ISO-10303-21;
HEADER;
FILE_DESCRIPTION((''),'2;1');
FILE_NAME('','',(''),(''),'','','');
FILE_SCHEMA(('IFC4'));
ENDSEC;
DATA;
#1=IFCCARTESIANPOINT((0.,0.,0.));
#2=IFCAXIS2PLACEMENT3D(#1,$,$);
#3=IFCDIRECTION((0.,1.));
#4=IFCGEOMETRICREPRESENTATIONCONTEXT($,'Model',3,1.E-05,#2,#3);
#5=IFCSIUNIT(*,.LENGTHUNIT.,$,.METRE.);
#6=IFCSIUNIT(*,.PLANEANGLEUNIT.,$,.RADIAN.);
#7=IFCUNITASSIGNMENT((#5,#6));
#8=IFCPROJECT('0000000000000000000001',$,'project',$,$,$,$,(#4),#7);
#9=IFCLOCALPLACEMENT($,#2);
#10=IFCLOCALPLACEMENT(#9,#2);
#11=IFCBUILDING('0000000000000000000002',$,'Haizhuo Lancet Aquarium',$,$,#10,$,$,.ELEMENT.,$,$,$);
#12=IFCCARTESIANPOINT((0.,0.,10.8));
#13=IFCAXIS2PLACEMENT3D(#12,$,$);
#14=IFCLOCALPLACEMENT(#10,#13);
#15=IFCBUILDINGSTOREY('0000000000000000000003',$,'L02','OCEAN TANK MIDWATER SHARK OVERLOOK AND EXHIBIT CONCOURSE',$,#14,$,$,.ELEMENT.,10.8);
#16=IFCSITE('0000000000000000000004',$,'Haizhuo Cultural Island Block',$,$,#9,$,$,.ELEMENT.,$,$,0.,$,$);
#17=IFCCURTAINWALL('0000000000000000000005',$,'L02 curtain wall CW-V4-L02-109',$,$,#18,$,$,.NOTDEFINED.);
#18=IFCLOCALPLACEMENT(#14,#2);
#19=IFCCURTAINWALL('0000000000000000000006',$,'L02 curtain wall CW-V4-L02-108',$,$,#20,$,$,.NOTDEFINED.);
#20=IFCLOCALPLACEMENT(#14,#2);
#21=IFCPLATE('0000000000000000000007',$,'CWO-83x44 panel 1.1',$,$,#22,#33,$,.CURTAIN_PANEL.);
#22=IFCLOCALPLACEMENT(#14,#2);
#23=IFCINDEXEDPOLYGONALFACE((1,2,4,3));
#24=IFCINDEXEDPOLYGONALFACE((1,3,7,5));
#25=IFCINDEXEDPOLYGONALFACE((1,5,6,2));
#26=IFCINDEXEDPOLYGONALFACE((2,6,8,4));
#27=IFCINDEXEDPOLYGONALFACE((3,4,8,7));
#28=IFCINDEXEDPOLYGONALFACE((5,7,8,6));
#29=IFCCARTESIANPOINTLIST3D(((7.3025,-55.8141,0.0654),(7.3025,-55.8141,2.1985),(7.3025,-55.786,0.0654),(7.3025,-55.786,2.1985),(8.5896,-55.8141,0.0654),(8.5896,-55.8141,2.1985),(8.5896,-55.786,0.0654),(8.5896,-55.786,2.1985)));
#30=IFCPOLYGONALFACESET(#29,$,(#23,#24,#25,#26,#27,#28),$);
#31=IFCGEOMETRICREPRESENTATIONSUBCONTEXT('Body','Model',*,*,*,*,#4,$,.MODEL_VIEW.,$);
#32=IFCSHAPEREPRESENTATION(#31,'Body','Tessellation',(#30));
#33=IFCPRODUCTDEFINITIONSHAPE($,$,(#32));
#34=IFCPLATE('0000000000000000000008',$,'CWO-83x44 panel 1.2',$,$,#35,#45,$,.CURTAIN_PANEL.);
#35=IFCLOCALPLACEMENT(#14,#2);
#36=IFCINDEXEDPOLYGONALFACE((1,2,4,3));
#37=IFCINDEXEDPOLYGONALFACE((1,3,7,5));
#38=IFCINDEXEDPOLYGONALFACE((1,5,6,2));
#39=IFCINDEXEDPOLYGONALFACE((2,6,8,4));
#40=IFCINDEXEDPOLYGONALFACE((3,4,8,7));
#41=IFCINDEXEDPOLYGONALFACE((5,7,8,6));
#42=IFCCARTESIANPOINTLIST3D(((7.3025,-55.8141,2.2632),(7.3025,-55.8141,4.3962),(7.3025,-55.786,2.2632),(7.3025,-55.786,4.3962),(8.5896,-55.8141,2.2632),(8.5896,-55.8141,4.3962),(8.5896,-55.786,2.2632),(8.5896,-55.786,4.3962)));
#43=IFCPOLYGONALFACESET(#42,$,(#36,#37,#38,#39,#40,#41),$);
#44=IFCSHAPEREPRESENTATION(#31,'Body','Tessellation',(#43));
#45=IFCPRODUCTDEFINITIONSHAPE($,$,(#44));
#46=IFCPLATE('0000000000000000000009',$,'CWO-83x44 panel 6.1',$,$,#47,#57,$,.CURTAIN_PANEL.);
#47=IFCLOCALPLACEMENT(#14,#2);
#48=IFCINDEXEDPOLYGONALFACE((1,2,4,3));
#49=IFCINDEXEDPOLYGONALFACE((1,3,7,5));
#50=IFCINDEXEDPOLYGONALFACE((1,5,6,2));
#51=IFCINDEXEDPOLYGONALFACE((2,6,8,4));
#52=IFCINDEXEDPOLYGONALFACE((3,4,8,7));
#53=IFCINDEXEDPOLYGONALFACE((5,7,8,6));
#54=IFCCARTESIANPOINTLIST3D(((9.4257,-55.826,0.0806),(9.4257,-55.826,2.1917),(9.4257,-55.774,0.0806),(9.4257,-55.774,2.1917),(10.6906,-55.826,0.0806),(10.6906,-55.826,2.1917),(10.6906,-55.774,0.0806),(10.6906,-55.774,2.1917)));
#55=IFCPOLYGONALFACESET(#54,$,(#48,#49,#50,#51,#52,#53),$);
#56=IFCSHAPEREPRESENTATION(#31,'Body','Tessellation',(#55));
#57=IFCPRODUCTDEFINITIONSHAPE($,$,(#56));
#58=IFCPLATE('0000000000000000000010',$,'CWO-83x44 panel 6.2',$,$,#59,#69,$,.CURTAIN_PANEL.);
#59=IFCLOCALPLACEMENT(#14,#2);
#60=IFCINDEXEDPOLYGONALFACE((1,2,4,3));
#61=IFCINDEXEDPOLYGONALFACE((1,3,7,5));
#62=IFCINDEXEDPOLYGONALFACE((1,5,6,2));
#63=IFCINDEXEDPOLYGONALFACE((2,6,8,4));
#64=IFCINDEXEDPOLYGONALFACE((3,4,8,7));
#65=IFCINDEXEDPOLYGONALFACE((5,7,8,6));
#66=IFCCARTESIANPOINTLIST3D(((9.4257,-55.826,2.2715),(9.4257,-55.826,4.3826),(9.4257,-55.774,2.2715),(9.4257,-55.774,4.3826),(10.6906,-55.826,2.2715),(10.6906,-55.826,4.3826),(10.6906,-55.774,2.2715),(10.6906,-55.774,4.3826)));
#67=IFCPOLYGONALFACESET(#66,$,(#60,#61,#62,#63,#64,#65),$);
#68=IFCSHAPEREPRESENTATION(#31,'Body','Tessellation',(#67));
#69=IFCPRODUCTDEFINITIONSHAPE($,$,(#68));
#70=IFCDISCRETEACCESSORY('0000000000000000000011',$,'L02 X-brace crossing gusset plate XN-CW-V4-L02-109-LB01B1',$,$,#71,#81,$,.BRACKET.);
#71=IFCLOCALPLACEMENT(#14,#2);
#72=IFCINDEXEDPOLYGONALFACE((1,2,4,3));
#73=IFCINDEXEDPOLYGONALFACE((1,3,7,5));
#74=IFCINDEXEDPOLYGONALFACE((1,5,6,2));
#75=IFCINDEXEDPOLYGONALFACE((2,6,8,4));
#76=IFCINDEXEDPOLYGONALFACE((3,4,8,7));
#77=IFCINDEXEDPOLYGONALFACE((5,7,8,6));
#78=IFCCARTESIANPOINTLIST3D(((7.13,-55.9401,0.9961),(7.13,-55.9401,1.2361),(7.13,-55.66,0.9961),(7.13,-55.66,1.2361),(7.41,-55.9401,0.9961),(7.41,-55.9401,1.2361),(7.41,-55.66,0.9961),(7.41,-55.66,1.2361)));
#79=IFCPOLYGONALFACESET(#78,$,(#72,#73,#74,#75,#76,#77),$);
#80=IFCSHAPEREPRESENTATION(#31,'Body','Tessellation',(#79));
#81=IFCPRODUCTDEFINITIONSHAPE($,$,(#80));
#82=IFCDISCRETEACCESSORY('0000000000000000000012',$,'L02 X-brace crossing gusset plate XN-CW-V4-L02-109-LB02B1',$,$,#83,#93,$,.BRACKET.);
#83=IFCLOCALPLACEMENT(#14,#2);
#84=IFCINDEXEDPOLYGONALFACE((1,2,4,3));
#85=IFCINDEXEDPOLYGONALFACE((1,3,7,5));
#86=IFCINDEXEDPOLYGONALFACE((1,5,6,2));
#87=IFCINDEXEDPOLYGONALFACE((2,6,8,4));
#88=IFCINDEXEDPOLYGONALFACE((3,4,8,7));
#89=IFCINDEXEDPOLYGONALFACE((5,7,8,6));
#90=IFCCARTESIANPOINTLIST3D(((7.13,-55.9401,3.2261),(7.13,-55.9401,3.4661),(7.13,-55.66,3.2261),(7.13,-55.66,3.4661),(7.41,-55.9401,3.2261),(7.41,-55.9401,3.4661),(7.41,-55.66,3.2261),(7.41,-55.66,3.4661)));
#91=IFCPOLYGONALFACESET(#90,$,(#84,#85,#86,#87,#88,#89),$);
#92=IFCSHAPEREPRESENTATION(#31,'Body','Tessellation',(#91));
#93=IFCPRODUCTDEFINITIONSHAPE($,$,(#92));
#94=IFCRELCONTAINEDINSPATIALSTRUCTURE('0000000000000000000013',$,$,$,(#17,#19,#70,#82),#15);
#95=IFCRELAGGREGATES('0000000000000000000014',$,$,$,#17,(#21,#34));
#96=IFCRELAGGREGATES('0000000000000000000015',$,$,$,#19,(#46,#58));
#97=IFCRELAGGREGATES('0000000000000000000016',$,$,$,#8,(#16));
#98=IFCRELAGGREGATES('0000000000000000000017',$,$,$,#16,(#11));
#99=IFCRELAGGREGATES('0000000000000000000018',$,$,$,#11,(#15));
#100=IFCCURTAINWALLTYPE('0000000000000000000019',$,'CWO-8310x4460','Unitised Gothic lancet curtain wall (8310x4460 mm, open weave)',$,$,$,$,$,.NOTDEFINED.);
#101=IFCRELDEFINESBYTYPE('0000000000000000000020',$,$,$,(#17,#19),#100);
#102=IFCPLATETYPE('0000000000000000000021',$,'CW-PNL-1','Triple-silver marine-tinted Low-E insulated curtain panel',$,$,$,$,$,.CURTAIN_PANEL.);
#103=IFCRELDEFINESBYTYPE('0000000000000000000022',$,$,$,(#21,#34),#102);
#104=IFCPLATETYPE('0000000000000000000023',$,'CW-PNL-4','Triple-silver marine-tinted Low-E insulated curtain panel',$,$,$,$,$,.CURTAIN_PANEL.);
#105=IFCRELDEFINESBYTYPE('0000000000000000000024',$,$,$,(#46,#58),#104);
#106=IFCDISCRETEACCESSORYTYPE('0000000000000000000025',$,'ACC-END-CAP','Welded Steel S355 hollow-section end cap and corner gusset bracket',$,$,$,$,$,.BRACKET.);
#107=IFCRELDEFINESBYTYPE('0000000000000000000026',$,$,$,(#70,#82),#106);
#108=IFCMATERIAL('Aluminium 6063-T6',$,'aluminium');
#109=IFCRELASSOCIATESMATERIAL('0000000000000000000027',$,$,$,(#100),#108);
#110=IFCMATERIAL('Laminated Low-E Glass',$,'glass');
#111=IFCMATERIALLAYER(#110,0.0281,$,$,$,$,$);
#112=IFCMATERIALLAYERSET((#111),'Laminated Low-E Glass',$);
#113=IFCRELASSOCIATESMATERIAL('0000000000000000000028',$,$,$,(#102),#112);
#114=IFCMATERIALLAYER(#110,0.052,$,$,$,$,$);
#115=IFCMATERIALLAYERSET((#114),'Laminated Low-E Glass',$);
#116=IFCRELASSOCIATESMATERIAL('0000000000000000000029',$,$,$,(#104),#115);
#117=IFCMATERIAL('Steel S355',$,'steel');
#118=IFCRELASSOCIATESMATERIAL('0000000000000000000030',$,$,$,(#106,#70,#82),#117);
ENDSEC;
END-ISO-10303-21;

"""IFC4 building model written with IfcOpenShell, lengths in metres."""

from ifc_helpers import new_model, si_unit, direction, frame, origin, origin_2d, place, context, subcontext, project, spatial, rectangle, extrude, material, layer, layer_set, type_object, element, aggregate, save


model = new_model("IFC4")

# Units and contexts
model_context = context("Model", 3, precision=1e-05, world=origin(), true_north=direction((0.0, 1.0)))
body_context = subcontext(model_context, "Body", "Model", "MODEL_VIEW")
ifc_project = project(units=[si_unit("LENGTHUNIT", "METRE"), si_unit("PLANEANGLEUNIT", "RADIAN")], contexts=[model_context])

# Site, building, storey
site_placement = place(None, origin())
site = spatial("IfcSite", under=ifc_project, at=site_placement, Name="Haizhuo Cultural Island Block", CompositionType="ELEMENT", RefElevation=0.0)
building_placement = place(site_placement, origin())
building = spatial("IfcBuilding", under=site, at=building_placement, Name="Haizhuo Lancet Aquarium", CompositionType="ELEMENT")
storey_placement = place(building_placement, frame((0.0, 0.0, 10.8)))
storey = spatial("IfcBuildingStorey", under=building, at=storey_placement, Name="L02", Description="OCEAN TANK MIDWATER SHARK OVERLOOK AND EXHIBIT CONCOURSE", CompositionType="ELEMENT", Elevation=10.8)

# Shared definitions
ifc_material_1 = material(Name="Steel S355", Category="steel")

# Curtain wall
ifc_material_2 = material(Name="Aluminium 6063-T6", Category="aluminium")
curtain_wall_type = type_object("IfcCurtainWallType", Name="CWO-8310x4460", Description="Unitised Gothic lancet curtain wall (8310x4460 mm, open weave)", PredefinedType="NOTDEFINED", material=ifc_material_2)
curtain_wall_1_placement = place(storey_placement, origin())
curtain_wall_1 = element("IfcCurtainWall", 1, at=curtain_wall_1_placement, inside=storey, type_object=curtain_wall_type, Name="L02 curtain wall CW-V4-L02-109", PredefinedType="NOTDEFINED")

# Curtain wall
curtain_wall_2_placement = place(storey_placement, origin())
curtain_wall_2 = element("IfcCurtainWall", 2, at=curtain_wall_2_placement, inside=storey, type_object=curtain_wall_type, Name="L02 curtain wall CW-V4-L02-108", PredefinedType="NOTDEFINED")

# Plates
ifc_material_3 = material(Name="Laminated Low-E Glass", Category="glass")
ifc_layer_1 = layer(ifc_material_3, 0.0281)
ifc_layer_set_1 = layer_set([ifc_layer_1], Name="Laminated Low-E Glass")
plate_type_1 = type_object("IfcPlateType", Name="CW-PNL-1", Description="Triple-silver marine-tinted Low-E insulated curtain panel", PredefinedType="CURTAIN_PANEL", material=ifc_layer_set_1)
plate_1_placement = place(storey_placement, frame((7.946, -55.8, 0.0654), z_axis=(0.0, 0.0, 1.0), x_axis=(-1.0, 0.0, 0.0)))
plate_1 = element("IfcPlate", 3, at=plate_1_placement, type_object=plate_type_1, Name="CWO-83x44 panel 1.1", PredefinedType="CURTAIN_PANEL", context=body_context, shape_type="SweptSolid", body=[
    extrude(rectangle(XDim=1.2871, YDim=0.0281, at=origin_2d()), origin(), (0.0, 0.0, 1.0), 2.1331),
])
plate_2_placement = place(storey_placement, frame((7.946, -55.8, 2.2632), z_axis=(0.0, 0.0, 1.0), x_axis=(-1.0, 0.0, 0.0)))
plate_2 = element("IfcPlate", 4, at=plate_2_placement, type_object=plate_type_1, Name="CWO-83x44 panel 1.2", PredefinedType="CURTAIN_PANEL", context=body_context, shape_type="SweptSolid", body=[
    extrude(rectangle(XDim=1.2871, YDim=0.0281, at=origin_2d()), origin(), (0.0, 0.0, 1.0), 2.1331),
])
aggregate(curtain_wall_1, [plate_1, plate_2])
ifc_layer_2 = layer(ifc_material_3, 0.052)
ifc_layer_set_2 = layer_set([ifc_layer_2], Name="Laminated Low-E Glass")
plate_type_2 = type_object("IfcPlateType", Name="CW-PNL-4", Description="Triple-silver marine-tinted Low-E insulated curtain panel", PredefinedType="CURTAIN_PANEL", material=ifc_layer_set_2)
plate_3_placement = place(storey_placement, frame((10.0581, -55.8, 0.0806), z_axis=(0.0, 0.0, 1.0), x_axis=(-1.0, 0.0, 0.0)))
plate_3 = element("IfcPlate", 5, at=plate_3_placement, type_object=plate_type_2, Name="CWO-83x44 panel 6.1", PredefinedType="CURTAIN_PANEL", context=body_context, shape_type="SweptSolid", body=[
    extrude(rectangle(XDim=1.2649, YDim=0.052, at=origin_2d()), origin(), (0.0, 0.0, 1.0), 2.1111),
])
plate_4_placement = place(storey_placement, frame((10.0581, -55.8, 2.2715), z_axis=(0.0, 0.0, 1.0), x_axis=(-1.0, 0.0, 0.0)))
plate_4 = element("IfcPlate", 6, at=plate_4_placement, type_object=plate_type_2, Name="CWO-83x44 panel 6.2", PredefinedType="CURTAIN_PANEL", context=body_context, shape_type="SweptSolid", body=[
    extrude(rectangle(XDim=1.2649, YDim=0.052, at=origin_2d()), origin(), (0.0, 0.0, 1.0), 2.1111),
])
aggregate(curtain_wall_2, [plate_3, plate_4])

# Discrete accessories
discrete_accessory_type = type_object("IfcDiscreteAccessoryType", Name="ACC-END-CAP", Description="Welded Steel S355 hollow-section end cap and corner gusset bracket", PredefinedType="BRACKET", material=ifc_material_1)
for number, where, z_axis, x_axis, name in (
    (7, (7.27, -55.8, 0.9961), (0.0, 0.0, 1.0), (1.0, 0.0, 0.0), "L02 X-brace crossing gusset plate XN-CW-V4-L02-109-LB01B1"),
    (8, (7.27, -55.8, 3.2261), (0.0, 0.0, 1.0), (1.0, 0.0, 0.0), "L02 X-brace crossing gusset plate XN-CW-V4-L02-109-LB02B1"),
):
    element("IfcDiscreteAccessory", number, at=place(storey_placement, frame(where, z_axis=z_axis, x_axis=x_axis)), inside=storey, type_object=discrete_accessory_type, material=ifc_material_1, Name=name, PredefinedType="BRACKET", context=body_context, shape_type="SweptSolid", body=[
        extrude(rectangle(XDim=0.28, YDim=0.28, at=origin_2d()), origin(), (0.0, 0.0, 1.0), 0.24),
    ])

save(model, "model.ifc")
